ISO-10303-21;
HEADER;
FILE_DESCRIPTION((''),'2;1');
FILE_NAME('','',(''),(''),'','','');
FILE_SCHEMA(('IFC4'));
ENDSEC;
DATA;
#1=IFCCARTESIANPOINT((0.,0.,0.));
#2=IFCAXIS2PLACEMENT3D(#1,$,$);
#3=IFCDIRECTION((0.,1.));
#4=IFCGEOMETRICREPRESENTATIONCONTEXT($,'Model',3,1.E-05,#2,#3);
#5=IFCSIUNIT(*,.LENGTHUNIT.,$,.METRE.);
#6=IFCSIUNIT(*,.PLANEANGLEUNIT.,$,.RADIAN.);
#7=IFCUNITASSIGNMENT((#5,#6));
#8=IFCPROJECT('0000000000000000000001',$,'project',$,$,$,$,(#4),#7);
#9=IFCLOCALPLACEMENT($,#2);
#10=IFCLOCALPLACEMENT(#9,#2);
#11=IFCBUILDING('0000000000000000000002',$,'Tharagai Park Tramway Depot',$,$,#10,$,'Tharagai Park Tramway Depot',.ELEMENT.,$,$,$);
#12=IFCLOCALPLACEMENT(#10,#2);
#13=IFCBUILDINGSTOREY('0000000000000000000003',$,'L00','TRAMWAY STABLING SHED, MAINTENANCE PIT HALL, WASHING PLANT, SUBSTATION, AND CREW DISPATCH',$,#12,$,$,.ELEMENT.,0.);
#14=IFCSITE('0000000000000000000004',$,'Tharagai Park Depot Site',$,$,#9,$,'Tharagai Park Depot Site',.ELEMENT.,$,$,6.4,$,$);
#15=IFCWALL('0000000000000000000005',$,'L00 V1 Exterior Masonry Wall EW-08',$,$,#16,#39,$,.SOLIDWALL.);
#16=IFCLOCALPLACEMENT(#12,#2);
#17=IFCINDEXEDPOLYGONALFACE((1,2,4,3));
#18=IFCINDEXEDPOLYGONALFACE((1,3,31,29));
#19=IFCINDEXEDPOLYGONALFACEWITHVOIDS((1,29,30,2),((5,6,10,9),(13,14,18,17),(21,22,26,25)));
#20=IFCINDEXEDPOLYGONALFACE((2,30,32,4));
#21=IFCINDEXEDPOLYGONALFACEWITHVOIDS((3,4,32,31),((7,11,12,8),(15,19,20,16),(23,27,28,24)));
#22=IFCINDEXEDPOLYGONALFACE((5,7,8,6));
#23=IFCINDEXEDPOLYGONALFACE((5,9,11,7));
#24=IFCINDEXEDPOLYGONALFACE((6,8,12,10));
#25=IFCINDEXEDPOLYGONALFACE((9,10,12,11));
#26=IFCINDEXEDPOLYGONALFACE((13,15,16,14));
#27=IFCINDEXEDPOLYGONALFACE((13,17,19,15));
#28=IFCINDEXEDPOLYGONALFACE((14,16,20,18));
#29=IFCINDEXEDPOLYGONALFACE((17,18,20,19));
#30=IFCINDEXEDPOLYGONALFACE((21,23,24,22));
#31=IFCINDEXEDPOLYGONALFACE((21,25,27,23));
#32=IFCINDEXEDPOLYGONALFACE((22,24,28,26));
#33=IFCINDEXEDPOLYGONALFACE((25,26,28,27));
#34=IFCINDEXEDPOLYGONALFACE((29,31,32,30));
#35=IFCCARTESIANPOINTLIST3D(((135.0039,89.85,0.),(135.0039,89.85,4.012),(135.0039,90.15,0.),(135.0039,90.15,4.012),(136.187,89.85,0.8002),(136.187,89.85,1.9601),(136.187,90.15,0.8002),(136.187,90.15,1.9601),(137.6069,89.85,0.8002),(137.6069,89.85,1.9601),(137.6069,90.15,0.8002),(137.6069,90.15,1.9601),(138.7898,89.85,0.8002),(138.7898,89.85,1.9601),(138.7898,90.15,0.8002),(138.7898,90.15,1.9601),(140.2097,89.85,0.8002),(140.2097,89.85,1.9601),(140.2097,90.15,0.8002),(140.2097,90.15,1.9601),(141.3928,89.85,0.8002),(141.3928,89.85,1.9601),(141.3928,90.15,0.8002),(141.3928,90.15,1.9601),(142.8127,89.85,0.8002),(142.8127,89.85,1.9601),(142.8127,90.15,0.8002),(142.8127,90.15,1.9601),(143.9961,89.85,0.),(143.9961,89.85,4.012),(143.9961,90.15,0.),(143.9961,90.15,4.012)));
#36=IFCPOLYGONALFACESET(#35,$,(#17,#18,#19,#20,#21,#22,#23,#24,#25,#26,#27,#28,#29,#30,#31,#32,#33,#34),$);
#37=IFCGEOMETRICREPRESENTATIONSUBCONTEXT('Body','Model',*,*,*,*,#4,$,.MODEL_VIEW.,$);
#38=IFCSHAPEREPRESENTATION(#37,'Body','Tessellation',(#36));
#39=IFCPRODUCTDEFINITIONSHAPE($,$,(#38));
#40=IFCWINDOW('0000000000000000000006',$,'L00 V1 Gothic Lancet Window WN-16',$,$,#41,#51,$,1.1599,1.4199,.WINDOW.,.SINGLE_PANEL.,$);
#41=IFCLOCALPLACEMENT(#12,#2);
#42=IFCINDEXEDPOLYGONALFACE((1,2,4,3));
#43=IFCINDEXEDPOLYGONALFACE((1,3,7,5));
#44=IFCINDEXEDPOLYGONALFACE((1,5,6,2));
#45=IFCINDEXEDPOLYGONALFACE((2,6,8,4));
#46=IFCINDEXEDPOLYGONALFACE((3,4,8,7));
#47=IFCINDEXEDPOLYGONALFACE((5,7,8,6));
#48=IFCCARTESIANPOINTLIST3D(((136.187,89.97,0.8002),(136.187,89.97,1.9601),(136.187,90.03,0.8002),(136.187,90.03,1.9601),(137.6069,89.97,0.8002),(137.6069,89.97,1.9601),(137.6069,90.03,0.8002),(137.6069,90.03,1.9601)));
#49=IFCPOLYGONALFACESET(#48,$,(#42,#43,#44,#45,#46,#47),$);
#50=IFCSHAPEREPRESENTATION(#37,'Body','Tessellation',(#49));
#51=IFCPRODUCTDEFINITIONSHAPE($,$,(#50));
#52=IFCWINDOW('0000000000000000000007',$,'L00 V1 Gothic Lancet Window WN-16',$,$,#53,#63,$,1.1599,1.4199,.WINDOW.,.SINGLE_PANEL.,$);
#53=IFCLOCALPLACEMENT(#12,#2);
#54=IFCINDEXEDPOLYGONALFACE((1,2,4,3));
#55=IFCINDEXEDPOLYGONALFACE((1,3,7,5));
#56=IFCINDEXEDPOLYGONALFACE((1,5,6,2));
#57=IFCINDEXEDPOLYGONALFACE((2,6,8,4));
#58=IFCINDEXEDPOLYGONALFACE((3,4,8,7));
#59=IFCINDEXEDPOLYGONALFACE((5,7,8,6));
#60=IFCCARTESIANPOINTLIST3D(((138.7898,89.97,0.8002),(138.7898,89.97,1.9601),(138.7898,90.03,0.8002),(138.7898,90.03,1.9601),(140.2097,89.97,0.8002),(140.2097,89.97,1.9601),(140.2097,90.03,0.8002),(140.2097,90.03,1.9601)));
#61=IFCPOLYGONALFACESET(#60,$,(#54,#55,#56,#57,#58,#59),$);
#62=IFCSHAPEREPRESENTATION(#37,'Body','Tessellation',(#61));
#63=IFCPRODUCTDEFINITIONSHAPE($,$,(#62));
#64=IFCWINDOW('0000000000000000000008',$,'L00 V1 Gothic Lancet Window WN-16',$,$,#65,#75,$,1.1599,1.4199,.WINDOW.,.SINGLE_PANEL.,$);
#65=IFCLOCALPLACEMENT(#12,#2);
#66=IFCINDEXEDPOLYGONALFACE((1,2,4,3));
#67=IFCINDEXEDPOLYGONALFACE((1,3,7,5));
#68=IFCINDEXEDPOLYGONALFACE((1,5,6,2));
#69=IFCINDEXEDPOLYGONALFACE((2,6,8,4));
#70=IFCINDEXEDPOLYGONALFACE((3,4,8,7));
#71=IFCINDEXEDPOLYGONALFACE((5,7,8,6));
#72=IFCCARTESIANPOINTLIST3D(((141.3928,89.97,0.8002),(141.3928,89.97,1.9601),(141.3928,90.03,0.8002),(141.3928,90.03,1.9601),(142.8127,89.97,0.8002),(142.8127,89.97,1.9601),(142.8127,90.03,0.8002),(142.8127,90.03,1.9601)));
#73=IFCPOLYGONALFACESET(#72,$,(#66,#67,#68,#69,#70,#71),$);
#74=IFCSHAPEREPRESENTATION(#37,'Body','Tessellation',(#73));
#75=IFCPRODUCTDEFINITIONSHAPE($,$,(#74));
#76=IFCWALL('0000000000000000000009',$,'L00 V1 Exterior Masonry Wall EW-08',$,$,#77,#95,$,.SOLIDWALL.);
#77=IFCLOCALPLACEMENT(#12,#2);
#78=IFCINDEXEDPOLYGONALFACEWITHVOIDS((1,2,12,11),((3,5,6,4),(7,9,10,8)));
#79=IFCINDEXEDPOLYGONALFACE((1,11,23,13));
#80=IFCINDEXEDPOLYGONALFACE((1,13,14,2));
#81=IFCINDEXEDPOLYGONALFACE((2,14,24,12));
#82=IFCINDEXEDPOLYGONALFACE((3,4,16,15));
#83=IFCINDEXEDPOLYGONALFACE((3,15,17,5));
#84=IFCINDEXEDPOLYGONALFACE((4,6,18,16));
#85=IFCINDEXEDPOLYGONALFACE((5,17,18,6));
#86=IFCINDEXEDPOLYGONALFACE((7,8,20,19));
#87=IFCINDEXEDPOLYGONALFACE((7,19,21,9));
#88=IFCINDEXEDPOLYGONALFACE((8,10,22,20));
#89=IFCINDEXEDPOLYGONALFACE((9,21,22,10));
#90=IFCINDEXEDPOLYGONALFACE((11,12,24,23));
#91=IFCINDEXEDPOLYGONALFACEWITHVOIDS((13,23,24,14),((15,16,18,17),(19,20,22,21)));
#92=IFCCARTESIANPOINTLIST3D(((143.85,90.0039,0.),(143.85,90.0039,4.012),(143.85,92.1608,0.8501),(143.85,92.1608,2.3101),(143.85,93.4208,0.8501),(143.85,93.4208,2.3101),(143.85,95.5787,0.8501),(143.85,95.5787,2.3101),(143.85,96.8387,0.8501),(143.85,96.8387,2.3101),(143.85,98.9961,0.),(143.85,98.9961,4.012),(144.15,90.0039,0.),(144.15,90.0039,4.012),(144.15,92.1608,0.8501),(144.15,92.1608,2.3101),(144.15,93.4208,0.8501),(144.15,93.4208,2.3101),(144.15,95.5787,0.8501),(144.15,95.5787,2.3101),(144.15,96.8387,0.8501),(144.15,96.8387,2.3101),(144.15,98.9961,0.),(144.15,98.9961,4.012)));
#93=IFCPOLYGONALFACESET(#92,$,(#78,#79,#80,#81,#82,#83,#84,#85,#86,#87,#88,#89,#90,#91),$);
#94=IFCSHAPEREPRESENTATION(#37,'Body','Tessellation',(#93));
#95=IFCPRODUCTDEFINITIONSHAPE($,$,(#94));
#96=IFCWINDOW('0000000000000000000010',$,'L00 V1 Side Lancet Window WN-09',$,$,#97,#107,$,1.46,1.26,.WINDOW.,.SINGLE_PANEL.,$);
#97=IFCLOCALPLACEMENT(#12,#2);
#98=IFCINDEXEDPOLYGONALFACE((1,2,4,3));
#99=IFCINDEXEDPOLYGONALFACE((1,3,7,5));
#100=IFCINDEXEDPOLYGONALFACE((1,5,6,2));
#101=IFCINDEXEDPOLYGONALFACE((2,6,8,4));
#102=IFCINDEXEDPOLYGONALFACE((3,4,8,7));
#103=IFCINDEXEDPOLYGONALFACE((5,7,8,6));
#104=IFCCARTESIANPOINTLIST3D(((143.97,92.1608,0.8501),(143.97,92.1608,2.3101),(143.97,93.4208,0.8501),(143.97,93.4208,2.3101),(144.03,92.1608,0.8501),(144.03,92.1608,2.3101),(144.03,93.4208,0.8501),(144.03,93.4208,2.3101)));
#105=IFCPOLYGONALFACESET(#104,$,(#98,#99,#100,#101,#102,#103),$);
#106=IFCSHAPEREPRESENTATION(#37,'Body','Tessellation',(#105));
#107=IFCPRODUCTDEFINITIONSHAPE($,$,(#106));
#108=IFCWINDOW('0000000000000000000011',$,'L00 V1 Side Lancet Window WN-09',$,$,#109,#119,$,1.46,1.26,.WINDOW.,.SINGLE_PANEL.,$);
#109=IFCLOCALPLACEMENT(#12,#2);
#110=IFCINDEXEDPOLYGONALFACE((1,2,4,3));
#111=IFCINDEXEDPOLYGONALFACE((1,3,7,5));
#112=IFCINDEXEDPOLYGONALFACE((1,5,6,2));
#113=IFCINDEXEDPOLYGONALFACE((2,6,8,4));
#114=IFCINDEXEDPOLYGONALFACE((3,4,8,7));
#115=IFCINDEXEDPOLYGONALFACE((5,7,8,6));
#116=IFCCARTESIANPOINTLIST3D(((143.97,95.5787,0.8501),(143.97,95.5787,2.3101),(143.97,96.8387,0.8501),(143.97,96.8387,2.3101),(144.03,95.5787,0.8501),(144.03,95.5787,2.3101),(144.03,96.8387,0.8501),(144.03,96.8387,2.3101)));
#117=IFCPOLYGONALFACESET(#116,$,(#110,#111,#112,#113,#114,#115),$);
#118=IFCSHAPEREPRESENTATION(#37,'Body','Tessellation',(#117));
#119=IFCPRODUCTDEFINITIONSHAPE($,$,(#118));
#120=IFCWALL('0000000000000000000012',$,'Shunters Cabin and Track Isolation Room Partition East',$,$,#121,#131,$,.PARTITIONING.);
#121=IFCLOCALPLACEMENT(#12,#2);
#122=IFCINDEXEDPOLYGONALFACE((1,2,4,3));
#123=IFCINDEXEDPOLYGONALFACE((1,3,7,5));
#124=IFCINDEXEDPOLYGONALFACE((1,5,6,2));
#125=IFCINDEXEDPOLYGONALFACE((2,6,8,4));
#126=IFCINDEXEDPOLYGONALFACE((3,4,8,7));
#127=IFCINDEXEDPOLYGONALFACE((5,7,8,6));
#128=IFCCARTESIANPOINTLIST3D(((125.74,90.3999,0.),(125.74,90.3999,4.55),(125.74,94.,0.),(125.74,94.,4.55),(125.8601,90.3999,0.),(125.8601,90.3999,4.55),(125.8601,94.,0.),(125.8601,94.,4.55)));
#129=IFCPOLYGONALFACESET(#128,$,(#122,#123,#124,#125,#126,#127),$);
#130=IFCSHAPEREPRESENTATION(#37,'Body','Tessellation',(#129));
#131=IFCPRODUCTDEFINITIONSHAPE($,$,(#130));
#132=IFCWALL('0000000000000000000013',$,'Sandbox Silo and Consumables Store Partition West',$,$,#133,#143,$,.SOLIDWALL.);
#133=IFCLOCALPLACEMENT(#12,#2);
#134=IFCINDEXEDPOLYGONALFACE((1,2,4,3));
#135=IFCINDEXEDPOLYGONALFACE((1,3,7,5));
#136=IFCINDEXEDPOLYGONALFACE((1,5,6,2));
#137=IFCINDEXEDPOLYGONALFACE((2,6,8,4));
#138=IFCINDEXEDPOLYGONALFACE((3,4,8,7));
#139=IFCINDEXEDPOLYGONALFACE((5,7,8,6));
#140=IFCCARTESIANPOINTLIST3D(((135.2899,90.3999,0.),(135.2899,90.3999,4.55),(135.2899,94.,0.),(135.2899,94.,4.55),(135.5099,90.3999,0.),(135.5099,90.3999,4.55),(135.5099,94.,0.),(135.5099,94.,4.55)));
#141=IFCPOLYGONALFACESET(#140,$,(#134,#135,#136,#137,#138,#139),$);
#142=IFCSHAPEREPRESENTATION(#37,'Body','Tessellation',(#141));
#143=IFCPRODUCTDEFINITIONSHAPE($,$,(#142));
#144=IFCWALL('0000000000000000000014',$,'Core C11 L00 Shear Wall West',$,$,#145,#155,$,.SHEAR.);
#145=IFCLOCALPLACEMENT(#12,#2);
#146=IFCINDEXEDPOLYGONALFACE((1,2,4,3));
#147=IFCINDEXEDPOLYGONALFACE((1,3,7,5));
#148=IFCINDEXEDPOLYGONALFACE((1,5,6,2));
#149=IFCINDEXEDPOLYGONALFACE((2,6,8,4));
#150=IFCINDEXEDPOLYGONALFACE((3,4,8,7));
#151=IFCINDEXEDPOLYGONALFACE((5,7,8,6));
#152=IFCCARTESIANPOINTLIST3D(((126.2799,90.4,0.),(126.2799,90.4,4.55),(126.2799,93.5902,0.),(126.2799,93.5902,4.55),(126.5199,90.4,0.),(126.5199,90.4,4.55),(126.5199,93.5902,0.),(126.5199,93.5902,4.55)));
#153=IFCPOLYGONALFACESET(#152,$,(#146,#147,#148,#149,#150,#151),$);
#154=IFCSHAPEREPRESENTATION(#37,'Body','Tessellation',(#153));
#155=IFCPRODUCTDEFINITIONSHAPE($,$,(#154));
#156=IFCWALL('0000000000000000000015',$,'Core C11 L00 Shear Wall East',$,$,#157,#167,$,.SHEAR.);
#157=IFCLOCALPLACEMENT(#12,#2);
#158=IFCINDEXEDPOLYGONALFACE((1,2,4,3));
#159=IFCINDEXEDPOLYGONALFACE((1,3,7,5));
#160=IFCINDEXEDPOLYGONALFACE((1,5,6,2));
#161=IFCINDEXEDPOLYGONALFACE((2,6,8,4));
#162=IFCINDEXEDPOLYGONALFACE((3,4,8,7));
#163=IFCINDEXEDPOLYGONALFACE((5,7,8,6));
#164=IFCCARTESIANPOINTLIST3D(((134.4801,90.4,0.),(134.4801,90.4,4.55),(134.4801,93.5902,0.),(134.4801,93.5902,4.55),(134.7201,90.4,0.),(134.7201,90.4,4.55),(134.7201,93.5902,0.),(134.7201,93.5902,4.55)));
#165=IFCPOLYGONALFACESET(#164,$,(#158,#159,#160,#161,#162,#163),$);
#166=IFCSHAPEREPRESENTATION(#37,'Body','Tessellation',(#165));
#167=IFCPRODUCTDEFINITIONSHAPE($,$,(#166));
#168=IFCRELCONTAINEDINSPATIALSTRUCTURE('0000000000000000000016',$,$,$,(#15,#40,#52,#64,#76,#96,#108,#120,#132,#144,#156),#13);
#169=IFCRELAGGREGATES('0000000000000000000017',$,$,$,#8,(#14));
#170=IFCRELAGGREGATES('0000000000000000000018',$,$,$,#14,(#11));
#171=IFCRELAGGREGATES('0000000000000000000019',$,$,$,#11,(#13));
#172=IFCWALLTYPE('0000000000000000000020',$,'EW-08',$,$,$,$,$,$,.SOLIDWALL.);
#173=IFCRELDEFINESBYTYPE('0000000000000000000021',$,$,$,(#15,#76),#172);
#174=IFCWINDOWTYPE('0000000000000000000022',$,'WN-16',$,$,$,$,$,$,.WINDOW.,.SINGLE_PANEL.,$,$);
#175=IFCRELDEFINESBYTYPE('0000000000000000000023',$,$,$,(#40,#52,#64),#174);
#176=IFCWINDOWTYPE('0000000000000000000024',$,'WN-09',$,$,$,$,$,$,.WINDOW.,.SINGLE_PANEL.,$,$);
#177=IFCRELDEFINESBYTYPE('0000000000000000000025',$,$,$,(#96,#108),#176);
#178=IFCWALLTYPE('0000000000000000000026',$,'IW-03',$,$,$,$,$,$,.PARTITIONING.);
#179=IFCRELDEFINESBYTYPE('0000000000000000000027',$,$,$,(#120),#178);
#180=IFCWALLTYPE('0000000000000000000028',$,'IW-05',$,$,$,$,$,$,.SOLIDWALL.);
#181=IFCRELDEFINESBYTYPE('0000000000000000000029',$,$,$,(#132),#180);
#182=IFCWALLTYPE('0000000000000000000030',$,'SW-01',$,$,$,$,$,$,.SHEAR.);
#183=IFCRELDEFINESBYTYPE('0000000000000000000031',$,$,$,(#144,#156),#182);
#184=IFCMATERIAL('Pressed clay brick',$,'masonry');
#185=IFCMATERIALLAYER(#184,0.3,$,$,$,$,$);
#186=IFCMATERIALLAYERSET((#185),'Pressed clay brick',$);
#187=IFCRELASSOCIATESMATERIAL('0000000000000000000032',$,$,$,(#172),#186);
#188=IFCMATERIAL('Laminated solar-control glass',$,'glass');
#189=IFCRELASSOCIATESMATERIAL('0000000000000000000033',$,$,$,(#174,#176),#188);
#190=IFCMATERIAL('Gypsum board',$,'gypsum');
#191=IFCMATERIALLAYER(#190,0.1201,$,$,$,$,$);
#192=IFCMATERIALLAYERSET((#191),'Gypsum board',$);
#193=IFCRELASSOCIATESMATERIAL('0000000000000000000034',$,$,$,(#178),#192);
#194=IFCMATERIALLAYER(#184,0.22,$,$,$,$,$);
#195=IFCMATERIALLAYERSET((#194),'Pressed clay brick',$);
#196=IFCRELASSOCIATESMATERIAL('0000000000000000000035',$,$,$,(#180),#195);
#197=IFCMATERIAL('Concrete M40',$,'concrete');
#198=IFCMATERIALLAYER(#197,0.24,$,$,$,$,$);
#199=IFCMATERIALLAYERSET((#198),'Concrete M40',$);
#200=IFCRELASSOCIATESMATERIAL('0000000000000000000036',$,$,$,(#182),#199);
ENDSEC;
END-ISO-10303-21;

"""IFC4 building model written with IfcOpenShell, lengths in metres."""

from ifc_helpers import new_model, si_unit, direction, frame, frame_2d, origin, place, context, subcontext, project, spatial, rectangle, extrude, material, layer, layer_set, type_object, element, fill, save


model = new_model("IFC4")

# Units and contexts
model_context = context("Model", 3, precision=1e-05, world=origin(), true_north=direction((0.0, 1.0)))
body_context = subcontext(model_context, "Body", "Model", "MODEL_VIEW")
ifc_project = project(units=[si_unit("LENGTHUNIT", "METRE"), si_unit("PLANEANGLEUNIT", "RADIAN")], contexts=[model_context])

# Site, building, storey
site_placement = place(None, origin())
site = spatial("IfcSite", under=ifc_project, at=site_placement, Name="Tharagai Park Depot Site", LongName="Tharagai Park Depot Site", CompositionType="ELEMENT", RefElevation=6.4)
building_placement = place(site_placement, origin())
building = spatial("IfcBuilding", under=site, at=building_placement, Name="Tharagai Park Tramway Depot", LongName="Tharagai Park Tramway Depot", CompositionType="ELEMENT")
storey_placement = place(building_placement, origin())
storey = spatial("IfcBuildingStorey", under=building, at=storey_placement, Name="L00", Description="TRAMWAY STABLING SHED, MAINTENANCE PIT HALL, WASHING PLANT, SUBSTATION, AND CREW DISPATCH", CompositionType="ELEMENT", Elevation=0.0)

# Shared definitions
ifc_material_1 = material(Name="Concrete M40", Category="concrete")

# Walls, openings, windows
ifc_material_2 = material(Name="Pressed clay brick", Category="masonry")
ifc_layer_1 = layer(ifc_material_2, 0.3)
ifc_layer_set_1 = layer_set([ifc_layer_1], Name="Pressed clay brick")
wall_type_1 = type_object("IfcWallType", Name="EW-08", PredefinedType="SOLIDWALL", material=ifc_layer_set_1)
ifc_material_3 = material(Name="Laminated solar-control glass", Category="glass")
wall_1_placement = place(storey_placement, frame((135.0039, 90.0, 0.0), z_axis=(0.0, 0.0, 1.0), x_axis=(1.0, 0.0, 0.0)))
wall_1 = element("IfcWall", 1, at=wall_1_placement, inside=storey, type_object=wall_type_1, Name="L00 V1 Exterior Masonry Wall EW-08", PredefinedType="SOLIDWALL", context=body_context, shape_type="SweptSolid", body=[
    extrude(rectangle(XDim=8.9922, YDim=0.3, at=frame_2d((4.4961, 0.0))), origin(), (0.0, 0.0, 1.0), 4.012),
])
opening_1_placement = place(wall_1_placement, frame((1.1831, 0.0, 0.8)))
opening_1 = element("IfcOpeningElement", 2, at=opening_1_placement, cuts=wall_1, PredefinedType="OPENING", context=body_context, shape_type="SweptSolid", body=[
    extrude(rectangle(XDim=1.4199, YDim=1.1599, at=frame_2d((0.71, 0.5801))), frame((0.0, 0.1599, 0.0), z_axis=(0.0, -1.0, 0.0), x_axis=(1.0, 0.0, 0.0)), (0.0, 0.0, 1.0), 0.3201),
])
opening_2_placement = place(wall_1_placement, frame((3.7859, 0.0, 0.8)))
opening_2 = element("IfcOpeningElement", 3, at=opening_2_placement, cuts=wall_1, PredefinedType="OPENING", context=body_context, shape_type="SweptSolid", body=[
    extrude(rectangle(XDim=1.4199, YDim=1.1599, at=frame_2d((0.71, 0.5801))), frame((0.0, 0.1599, 0.0), z_axis=(0.0, -1.0, 0.0), x_axis=(1.0, 0.0, 0.0)), (0.0, 0.0, 1.0), 0.3201),
])
opening_3_placement = place(wall_1_placement, frame((6.3889, 0.0, 0.8)))
opening_3 = element("IfcOpeningElement", 4, at=opening_3_placement, cuts=wall_1, PredefinedType="OPENING", context=body_context, shape_type="SweptSolid", body=[
    extrude(rectangle(XDim=1.4199, YDim=1.1599, at=frame_2d((0.71, 0.5801))), frame((0.0, 0.1599, 0.0), z_axis=(0.0, -1.0, 0.0), x_axis=(1.0, 0.0, 0.0)), (0.0, 0.0, 1.0), 0.3201),
])
window_type_1 = type_object("IfcWindowType", Name="WN-16", PartitioningType="SINGLE_PANEL", PredefinedType="WINDOW", material=ifc_material_3)
window_1_placement = place(opening_1_placement, origin())
window_1 = element("IfcWindow", 5, at=window_1_placement, inside=storey, type_object=window_type_1, Name="L00 V1 Gothic Lancet Window WN-16", OverallHeight=1.1599, OverallWidth=1.4199, PartitioningType="SINGLE_PANEL", PredefinedType="WINDOW", context=body_context, shape_type="SweptSolid", body=[
    extrude(rectangle(XDim=1.4199, YDim=1.1599, at=frame_2d((0.71, 0.5801))), frame((0.0, 0.03, 0.0), z_axis=(0.0, -1.0, 0.0), x_axis=(1.0, 0.0, 0.0)), (0.0, 0.0, 1.0), 0.0601),
])
fill(opening_1, window_1)
window_2_placement = place(opening_2_placement, origin())
window_2 = element("IfcWindow", 6, at=window_2_placement, inside=storey, type_object=window_type_1, Name="L00 V1 Gothic Lancet Window WN-16", OverallHeight=1.1599, OverallWidth=1.4199, PartitioningType="SINGLE_PANEL", PredefinedType="WINDOW", context=body_context, shape_type="SweptSolid", body=[
    extrude(rectangle(XDim=1.4199, YDim=1.1599, at=frame_2d((0.71, 0.5801))), frame((0.0, 0.03, 0.0), z_axis=(0.0, -1.0, 0.0), x_axis=(1.0, 0.0, 0.0)), (0.0, 0.0, 1.0), 0.0601),
])
fill(opening_2, window_2)
window_3_placement = place(opening_3_placement, origin())
window_3 = element("IfcWindow", 7, at=window_3_placement, inside=storey, type_object=window_type_1, Name="L00 V1 Gothic Lancet Window WN-16", OverallHeight=1.1599, OverallWidth=1.4199, PartitioningType="SINGLE_PANEL", PredefinedType="WINDOW", context=body_context, shape_type="SweptSolid", body=[
    extrude(rectangle(XDim=1.4199, YDim=1.1599, at=frame_2d((0.71, 0.5801))), frame((0.0, 0.03, 0.0), z_axis=(0.0, -1.0, 0.0), x_axis=(1.0, 0.0, 0.0)), (0.0, 0.0, 1.0), 0.0601),
])
fill(opening_3, window_3)
wall_2_placement = place(storey_placement, frame((144.0, 90.0039, 0.0), z_axis=(0.0, 0.0, 1.0), x_axis=(0.0, 1.0, 0.0)))
wall_2 = element("IfcWall", 8, at=wall_2_placement, inside=storey, type_object=wall_type_1, Name="L00 V1 Exterior Masonry Wall EW-08", PredefinedType="SOLIDWALL", context=body_context, shape_type="SweptSolid", body=[
    extrude(rectangle(XDim=8.9922, YDim=0.3, at=frame_2d((4.4961, 0.0))), origin(), (0.0, 0.0, 1.0), 4.012),
])
opening_4_placement = place(wall_2_placement, frame((2.157, 0.0, 0.8501)))
opening_4 = element("IfcOpeningElement", 9, at=opening_4_placement, cuts=wall_2, PredefinedType="OPENING", context=body_context, shape_type="SweptSolid", body=[
    extrude(rectangle(XDim=1.26, YDim=1.46, at=frame_2d((0.6299, 0.73))), frame((0.0, 0.1599, 0.0), z_axis=(0.0, -1.0, 0.0), x_axis=(1.0, 0.0, 0.0)), (0.0, 0.0, 1.0), 0.3201),
])
opening_5_placement = place(wall_2_placement, frame((5.575, 0.0, 0.8501)))
opening_5 = element("IfcOpeningElement", 10, at=opening_5_placement, cuts=wall_2, PredefinedType="OPENING", context=body_context, shape_type="SweptSolid", body=[
    extrude(rectangle(XDim=1.26, YDim=1.46, at=frame_2d((0.6299, 0.73))), frame((0.0, 0.1599, 0.0), z_axis=(0.0, -1.0, 0.0), x_axis=(1.0, 0.0, 0.0)), (0.0, 0.0, 1.0), 0.3201),
])
window_type_2 = type_object("IfcWindowType", Name="WN-09", PartitioningType="SINGLE_PANEL", PredefinedType="WINDOW", material=ifc_material_3)
window_4_placement = place(opening_4_placement, origin())
window_4 = element("IfcWindow", 11, at=window_4_placement, inside=storey, type_object=window_type_2, Name="L00 V1 Side Lancet Window WN-09", OverallHeight=1.46, OverallWidth=1.26, PartitioningType="SINGLE_PANEL", PredefinedType="WINDOW", context=body_context, shape_type="SweptSolid", body=[
    extrude(rectangle(XDim=1.26, YDim=1.46, at=frame_2d((0.6299, 0.73))), frame((0.0, 0.03, 0.0), z_axis=(0.0, -1.0, 0.0), x_axis=(1.0, 0.0, 0.0)), (0.0, 0.0, 1.0), 0.0601),
])
fill(opening_4, window_4)
window_5_placement = place(opening_5_placement, origin())
window_5 = element("IfcWindow", 12, at=window_5_placement, inside=storey, type_object=window_type_2, Name="L00 V1 Side Lancet Window WN-09", OverallHeight=1.46, OverallWidth=1.26, PartitioningType="SINGLE_PANEL", PredefinedType="WINDOW", context=body_context, shape_type="SweptSolid", body=[
    extrude(rectangle(XDim=1.26, YDim=1.46, at=frame_2d((0.6299, 0.73))), frame((0.0, 0.03, 0.0), z_axis=(0.0, -1.0, 0.0), x_axis=(1.0, 0.0, 0.0)), (0.0, 0.0, 1.0), 0.0601),
])
fill(opening_5, window_5)

# Walls
ifc_material_4 = material(Name="Gypsum board", Category="gypsum")
ifc_layer_2 = layer(ifc_material_4, 0.1201)
ifc_layer_set_2 = layer_set([ifc_layer_2], Name="Gypsum board")
wall_type_2 = type_object("IfcWallType", Name="IW-03", PredefinedType="PARTITIONING", material=ifc_layer_set_2)
wall_3_placement = place(storey_placement, frame((125.8, 90.3999, 0.0), z_axis=(0.0, 0.0, 1.0), x_axis=(0.0, 1.0, 0.0)))
element("IfcWall", 13, at=wall_3_placement, inside=storey, type_object=wall_type_2, Name="Shunters Cabin and Track Isolation Room Partition East", PredefinedType="PARTITIONING", context=body_context, shape_type="SweptSolid", body=[
    extrude(rectangle(XDim=3.6001, YDim=0.1201, at=frame_2d((1.8, 0.0))), origin(), (0.0, 0.0, 1.0), 4.55),
])
ifc_layer_3 = layer(ifc_material_2, 0.22)
ifc_layer_set_3 = layer_set([ifc_layer_3], Name="Pressed clay brick")
wall_type_3 = type_object("IfcWallType", Name="IW-05", PredefinedType="SOLIDWALL", material=ifc_layer_set_3)
wall_4_placement = place(storey_placement, frame((135.3999, 90.3999, 0.0), z_axis=(0.0, 0.0, 1.0), x_axis=(0.0, 1.0, 0.0)))
element("IfcWall", 14, at=wall_4_placement, inside=storey, type_object=wall_type_3, Name="Sandbox Silo and Consumables Store Partition West", PredefinedType="SOLIDWALL", context=body_context, shape_type="SweptSolid", body=[
    extrude(rectangle(XDim=3.6001, YDim=0.22, at=frame_2d((1.8, 0.0))), origin(), (0.0, 0.0, 1.0), 4.55),
])
ifc_layer_4 = layer(ifc_material_1, 0.24)
ifc_layer_set_4 = layer_set([ifc_layer_4], Name="Concrete M40")
wall_type_4 = type_object("IfcWallType", Name="SW-01", PredefinedType="SHEAR", material=ifc_layer_set_4)
for number, where, z_axis, x_axis, name in (
    (15, (126.3999, 90.3999, 0.0), (0.0, 0.0, 1.0), (0.0, 1.0, 0.0), "Core C11 L00 Shear Wall West"),
    (16, (134.6001, 90.3999, 0.0), (0.0, 0.0, 1.0), (0.0, 1.0, 0.0), "Core C11 L00 Shear Wall East"),
):
    element("IfcWall", number, at=place(storey_placement, frame(where, z_axis=z_axis, x_axis=x_axis)), inside=storey, type_object=wall_type_4, Name=name, PredefinedType="SHEAR", context=body_context, shape_type="SweptSolid", body=[
        extrude(rectangle(XDim=3.1902, YDim=0.24, at=frame_2d((1.5952, 0.0))), origin(), (0.0, 0.0, 1.0), 4.55),
    ])

save(model, "model.ifc")
